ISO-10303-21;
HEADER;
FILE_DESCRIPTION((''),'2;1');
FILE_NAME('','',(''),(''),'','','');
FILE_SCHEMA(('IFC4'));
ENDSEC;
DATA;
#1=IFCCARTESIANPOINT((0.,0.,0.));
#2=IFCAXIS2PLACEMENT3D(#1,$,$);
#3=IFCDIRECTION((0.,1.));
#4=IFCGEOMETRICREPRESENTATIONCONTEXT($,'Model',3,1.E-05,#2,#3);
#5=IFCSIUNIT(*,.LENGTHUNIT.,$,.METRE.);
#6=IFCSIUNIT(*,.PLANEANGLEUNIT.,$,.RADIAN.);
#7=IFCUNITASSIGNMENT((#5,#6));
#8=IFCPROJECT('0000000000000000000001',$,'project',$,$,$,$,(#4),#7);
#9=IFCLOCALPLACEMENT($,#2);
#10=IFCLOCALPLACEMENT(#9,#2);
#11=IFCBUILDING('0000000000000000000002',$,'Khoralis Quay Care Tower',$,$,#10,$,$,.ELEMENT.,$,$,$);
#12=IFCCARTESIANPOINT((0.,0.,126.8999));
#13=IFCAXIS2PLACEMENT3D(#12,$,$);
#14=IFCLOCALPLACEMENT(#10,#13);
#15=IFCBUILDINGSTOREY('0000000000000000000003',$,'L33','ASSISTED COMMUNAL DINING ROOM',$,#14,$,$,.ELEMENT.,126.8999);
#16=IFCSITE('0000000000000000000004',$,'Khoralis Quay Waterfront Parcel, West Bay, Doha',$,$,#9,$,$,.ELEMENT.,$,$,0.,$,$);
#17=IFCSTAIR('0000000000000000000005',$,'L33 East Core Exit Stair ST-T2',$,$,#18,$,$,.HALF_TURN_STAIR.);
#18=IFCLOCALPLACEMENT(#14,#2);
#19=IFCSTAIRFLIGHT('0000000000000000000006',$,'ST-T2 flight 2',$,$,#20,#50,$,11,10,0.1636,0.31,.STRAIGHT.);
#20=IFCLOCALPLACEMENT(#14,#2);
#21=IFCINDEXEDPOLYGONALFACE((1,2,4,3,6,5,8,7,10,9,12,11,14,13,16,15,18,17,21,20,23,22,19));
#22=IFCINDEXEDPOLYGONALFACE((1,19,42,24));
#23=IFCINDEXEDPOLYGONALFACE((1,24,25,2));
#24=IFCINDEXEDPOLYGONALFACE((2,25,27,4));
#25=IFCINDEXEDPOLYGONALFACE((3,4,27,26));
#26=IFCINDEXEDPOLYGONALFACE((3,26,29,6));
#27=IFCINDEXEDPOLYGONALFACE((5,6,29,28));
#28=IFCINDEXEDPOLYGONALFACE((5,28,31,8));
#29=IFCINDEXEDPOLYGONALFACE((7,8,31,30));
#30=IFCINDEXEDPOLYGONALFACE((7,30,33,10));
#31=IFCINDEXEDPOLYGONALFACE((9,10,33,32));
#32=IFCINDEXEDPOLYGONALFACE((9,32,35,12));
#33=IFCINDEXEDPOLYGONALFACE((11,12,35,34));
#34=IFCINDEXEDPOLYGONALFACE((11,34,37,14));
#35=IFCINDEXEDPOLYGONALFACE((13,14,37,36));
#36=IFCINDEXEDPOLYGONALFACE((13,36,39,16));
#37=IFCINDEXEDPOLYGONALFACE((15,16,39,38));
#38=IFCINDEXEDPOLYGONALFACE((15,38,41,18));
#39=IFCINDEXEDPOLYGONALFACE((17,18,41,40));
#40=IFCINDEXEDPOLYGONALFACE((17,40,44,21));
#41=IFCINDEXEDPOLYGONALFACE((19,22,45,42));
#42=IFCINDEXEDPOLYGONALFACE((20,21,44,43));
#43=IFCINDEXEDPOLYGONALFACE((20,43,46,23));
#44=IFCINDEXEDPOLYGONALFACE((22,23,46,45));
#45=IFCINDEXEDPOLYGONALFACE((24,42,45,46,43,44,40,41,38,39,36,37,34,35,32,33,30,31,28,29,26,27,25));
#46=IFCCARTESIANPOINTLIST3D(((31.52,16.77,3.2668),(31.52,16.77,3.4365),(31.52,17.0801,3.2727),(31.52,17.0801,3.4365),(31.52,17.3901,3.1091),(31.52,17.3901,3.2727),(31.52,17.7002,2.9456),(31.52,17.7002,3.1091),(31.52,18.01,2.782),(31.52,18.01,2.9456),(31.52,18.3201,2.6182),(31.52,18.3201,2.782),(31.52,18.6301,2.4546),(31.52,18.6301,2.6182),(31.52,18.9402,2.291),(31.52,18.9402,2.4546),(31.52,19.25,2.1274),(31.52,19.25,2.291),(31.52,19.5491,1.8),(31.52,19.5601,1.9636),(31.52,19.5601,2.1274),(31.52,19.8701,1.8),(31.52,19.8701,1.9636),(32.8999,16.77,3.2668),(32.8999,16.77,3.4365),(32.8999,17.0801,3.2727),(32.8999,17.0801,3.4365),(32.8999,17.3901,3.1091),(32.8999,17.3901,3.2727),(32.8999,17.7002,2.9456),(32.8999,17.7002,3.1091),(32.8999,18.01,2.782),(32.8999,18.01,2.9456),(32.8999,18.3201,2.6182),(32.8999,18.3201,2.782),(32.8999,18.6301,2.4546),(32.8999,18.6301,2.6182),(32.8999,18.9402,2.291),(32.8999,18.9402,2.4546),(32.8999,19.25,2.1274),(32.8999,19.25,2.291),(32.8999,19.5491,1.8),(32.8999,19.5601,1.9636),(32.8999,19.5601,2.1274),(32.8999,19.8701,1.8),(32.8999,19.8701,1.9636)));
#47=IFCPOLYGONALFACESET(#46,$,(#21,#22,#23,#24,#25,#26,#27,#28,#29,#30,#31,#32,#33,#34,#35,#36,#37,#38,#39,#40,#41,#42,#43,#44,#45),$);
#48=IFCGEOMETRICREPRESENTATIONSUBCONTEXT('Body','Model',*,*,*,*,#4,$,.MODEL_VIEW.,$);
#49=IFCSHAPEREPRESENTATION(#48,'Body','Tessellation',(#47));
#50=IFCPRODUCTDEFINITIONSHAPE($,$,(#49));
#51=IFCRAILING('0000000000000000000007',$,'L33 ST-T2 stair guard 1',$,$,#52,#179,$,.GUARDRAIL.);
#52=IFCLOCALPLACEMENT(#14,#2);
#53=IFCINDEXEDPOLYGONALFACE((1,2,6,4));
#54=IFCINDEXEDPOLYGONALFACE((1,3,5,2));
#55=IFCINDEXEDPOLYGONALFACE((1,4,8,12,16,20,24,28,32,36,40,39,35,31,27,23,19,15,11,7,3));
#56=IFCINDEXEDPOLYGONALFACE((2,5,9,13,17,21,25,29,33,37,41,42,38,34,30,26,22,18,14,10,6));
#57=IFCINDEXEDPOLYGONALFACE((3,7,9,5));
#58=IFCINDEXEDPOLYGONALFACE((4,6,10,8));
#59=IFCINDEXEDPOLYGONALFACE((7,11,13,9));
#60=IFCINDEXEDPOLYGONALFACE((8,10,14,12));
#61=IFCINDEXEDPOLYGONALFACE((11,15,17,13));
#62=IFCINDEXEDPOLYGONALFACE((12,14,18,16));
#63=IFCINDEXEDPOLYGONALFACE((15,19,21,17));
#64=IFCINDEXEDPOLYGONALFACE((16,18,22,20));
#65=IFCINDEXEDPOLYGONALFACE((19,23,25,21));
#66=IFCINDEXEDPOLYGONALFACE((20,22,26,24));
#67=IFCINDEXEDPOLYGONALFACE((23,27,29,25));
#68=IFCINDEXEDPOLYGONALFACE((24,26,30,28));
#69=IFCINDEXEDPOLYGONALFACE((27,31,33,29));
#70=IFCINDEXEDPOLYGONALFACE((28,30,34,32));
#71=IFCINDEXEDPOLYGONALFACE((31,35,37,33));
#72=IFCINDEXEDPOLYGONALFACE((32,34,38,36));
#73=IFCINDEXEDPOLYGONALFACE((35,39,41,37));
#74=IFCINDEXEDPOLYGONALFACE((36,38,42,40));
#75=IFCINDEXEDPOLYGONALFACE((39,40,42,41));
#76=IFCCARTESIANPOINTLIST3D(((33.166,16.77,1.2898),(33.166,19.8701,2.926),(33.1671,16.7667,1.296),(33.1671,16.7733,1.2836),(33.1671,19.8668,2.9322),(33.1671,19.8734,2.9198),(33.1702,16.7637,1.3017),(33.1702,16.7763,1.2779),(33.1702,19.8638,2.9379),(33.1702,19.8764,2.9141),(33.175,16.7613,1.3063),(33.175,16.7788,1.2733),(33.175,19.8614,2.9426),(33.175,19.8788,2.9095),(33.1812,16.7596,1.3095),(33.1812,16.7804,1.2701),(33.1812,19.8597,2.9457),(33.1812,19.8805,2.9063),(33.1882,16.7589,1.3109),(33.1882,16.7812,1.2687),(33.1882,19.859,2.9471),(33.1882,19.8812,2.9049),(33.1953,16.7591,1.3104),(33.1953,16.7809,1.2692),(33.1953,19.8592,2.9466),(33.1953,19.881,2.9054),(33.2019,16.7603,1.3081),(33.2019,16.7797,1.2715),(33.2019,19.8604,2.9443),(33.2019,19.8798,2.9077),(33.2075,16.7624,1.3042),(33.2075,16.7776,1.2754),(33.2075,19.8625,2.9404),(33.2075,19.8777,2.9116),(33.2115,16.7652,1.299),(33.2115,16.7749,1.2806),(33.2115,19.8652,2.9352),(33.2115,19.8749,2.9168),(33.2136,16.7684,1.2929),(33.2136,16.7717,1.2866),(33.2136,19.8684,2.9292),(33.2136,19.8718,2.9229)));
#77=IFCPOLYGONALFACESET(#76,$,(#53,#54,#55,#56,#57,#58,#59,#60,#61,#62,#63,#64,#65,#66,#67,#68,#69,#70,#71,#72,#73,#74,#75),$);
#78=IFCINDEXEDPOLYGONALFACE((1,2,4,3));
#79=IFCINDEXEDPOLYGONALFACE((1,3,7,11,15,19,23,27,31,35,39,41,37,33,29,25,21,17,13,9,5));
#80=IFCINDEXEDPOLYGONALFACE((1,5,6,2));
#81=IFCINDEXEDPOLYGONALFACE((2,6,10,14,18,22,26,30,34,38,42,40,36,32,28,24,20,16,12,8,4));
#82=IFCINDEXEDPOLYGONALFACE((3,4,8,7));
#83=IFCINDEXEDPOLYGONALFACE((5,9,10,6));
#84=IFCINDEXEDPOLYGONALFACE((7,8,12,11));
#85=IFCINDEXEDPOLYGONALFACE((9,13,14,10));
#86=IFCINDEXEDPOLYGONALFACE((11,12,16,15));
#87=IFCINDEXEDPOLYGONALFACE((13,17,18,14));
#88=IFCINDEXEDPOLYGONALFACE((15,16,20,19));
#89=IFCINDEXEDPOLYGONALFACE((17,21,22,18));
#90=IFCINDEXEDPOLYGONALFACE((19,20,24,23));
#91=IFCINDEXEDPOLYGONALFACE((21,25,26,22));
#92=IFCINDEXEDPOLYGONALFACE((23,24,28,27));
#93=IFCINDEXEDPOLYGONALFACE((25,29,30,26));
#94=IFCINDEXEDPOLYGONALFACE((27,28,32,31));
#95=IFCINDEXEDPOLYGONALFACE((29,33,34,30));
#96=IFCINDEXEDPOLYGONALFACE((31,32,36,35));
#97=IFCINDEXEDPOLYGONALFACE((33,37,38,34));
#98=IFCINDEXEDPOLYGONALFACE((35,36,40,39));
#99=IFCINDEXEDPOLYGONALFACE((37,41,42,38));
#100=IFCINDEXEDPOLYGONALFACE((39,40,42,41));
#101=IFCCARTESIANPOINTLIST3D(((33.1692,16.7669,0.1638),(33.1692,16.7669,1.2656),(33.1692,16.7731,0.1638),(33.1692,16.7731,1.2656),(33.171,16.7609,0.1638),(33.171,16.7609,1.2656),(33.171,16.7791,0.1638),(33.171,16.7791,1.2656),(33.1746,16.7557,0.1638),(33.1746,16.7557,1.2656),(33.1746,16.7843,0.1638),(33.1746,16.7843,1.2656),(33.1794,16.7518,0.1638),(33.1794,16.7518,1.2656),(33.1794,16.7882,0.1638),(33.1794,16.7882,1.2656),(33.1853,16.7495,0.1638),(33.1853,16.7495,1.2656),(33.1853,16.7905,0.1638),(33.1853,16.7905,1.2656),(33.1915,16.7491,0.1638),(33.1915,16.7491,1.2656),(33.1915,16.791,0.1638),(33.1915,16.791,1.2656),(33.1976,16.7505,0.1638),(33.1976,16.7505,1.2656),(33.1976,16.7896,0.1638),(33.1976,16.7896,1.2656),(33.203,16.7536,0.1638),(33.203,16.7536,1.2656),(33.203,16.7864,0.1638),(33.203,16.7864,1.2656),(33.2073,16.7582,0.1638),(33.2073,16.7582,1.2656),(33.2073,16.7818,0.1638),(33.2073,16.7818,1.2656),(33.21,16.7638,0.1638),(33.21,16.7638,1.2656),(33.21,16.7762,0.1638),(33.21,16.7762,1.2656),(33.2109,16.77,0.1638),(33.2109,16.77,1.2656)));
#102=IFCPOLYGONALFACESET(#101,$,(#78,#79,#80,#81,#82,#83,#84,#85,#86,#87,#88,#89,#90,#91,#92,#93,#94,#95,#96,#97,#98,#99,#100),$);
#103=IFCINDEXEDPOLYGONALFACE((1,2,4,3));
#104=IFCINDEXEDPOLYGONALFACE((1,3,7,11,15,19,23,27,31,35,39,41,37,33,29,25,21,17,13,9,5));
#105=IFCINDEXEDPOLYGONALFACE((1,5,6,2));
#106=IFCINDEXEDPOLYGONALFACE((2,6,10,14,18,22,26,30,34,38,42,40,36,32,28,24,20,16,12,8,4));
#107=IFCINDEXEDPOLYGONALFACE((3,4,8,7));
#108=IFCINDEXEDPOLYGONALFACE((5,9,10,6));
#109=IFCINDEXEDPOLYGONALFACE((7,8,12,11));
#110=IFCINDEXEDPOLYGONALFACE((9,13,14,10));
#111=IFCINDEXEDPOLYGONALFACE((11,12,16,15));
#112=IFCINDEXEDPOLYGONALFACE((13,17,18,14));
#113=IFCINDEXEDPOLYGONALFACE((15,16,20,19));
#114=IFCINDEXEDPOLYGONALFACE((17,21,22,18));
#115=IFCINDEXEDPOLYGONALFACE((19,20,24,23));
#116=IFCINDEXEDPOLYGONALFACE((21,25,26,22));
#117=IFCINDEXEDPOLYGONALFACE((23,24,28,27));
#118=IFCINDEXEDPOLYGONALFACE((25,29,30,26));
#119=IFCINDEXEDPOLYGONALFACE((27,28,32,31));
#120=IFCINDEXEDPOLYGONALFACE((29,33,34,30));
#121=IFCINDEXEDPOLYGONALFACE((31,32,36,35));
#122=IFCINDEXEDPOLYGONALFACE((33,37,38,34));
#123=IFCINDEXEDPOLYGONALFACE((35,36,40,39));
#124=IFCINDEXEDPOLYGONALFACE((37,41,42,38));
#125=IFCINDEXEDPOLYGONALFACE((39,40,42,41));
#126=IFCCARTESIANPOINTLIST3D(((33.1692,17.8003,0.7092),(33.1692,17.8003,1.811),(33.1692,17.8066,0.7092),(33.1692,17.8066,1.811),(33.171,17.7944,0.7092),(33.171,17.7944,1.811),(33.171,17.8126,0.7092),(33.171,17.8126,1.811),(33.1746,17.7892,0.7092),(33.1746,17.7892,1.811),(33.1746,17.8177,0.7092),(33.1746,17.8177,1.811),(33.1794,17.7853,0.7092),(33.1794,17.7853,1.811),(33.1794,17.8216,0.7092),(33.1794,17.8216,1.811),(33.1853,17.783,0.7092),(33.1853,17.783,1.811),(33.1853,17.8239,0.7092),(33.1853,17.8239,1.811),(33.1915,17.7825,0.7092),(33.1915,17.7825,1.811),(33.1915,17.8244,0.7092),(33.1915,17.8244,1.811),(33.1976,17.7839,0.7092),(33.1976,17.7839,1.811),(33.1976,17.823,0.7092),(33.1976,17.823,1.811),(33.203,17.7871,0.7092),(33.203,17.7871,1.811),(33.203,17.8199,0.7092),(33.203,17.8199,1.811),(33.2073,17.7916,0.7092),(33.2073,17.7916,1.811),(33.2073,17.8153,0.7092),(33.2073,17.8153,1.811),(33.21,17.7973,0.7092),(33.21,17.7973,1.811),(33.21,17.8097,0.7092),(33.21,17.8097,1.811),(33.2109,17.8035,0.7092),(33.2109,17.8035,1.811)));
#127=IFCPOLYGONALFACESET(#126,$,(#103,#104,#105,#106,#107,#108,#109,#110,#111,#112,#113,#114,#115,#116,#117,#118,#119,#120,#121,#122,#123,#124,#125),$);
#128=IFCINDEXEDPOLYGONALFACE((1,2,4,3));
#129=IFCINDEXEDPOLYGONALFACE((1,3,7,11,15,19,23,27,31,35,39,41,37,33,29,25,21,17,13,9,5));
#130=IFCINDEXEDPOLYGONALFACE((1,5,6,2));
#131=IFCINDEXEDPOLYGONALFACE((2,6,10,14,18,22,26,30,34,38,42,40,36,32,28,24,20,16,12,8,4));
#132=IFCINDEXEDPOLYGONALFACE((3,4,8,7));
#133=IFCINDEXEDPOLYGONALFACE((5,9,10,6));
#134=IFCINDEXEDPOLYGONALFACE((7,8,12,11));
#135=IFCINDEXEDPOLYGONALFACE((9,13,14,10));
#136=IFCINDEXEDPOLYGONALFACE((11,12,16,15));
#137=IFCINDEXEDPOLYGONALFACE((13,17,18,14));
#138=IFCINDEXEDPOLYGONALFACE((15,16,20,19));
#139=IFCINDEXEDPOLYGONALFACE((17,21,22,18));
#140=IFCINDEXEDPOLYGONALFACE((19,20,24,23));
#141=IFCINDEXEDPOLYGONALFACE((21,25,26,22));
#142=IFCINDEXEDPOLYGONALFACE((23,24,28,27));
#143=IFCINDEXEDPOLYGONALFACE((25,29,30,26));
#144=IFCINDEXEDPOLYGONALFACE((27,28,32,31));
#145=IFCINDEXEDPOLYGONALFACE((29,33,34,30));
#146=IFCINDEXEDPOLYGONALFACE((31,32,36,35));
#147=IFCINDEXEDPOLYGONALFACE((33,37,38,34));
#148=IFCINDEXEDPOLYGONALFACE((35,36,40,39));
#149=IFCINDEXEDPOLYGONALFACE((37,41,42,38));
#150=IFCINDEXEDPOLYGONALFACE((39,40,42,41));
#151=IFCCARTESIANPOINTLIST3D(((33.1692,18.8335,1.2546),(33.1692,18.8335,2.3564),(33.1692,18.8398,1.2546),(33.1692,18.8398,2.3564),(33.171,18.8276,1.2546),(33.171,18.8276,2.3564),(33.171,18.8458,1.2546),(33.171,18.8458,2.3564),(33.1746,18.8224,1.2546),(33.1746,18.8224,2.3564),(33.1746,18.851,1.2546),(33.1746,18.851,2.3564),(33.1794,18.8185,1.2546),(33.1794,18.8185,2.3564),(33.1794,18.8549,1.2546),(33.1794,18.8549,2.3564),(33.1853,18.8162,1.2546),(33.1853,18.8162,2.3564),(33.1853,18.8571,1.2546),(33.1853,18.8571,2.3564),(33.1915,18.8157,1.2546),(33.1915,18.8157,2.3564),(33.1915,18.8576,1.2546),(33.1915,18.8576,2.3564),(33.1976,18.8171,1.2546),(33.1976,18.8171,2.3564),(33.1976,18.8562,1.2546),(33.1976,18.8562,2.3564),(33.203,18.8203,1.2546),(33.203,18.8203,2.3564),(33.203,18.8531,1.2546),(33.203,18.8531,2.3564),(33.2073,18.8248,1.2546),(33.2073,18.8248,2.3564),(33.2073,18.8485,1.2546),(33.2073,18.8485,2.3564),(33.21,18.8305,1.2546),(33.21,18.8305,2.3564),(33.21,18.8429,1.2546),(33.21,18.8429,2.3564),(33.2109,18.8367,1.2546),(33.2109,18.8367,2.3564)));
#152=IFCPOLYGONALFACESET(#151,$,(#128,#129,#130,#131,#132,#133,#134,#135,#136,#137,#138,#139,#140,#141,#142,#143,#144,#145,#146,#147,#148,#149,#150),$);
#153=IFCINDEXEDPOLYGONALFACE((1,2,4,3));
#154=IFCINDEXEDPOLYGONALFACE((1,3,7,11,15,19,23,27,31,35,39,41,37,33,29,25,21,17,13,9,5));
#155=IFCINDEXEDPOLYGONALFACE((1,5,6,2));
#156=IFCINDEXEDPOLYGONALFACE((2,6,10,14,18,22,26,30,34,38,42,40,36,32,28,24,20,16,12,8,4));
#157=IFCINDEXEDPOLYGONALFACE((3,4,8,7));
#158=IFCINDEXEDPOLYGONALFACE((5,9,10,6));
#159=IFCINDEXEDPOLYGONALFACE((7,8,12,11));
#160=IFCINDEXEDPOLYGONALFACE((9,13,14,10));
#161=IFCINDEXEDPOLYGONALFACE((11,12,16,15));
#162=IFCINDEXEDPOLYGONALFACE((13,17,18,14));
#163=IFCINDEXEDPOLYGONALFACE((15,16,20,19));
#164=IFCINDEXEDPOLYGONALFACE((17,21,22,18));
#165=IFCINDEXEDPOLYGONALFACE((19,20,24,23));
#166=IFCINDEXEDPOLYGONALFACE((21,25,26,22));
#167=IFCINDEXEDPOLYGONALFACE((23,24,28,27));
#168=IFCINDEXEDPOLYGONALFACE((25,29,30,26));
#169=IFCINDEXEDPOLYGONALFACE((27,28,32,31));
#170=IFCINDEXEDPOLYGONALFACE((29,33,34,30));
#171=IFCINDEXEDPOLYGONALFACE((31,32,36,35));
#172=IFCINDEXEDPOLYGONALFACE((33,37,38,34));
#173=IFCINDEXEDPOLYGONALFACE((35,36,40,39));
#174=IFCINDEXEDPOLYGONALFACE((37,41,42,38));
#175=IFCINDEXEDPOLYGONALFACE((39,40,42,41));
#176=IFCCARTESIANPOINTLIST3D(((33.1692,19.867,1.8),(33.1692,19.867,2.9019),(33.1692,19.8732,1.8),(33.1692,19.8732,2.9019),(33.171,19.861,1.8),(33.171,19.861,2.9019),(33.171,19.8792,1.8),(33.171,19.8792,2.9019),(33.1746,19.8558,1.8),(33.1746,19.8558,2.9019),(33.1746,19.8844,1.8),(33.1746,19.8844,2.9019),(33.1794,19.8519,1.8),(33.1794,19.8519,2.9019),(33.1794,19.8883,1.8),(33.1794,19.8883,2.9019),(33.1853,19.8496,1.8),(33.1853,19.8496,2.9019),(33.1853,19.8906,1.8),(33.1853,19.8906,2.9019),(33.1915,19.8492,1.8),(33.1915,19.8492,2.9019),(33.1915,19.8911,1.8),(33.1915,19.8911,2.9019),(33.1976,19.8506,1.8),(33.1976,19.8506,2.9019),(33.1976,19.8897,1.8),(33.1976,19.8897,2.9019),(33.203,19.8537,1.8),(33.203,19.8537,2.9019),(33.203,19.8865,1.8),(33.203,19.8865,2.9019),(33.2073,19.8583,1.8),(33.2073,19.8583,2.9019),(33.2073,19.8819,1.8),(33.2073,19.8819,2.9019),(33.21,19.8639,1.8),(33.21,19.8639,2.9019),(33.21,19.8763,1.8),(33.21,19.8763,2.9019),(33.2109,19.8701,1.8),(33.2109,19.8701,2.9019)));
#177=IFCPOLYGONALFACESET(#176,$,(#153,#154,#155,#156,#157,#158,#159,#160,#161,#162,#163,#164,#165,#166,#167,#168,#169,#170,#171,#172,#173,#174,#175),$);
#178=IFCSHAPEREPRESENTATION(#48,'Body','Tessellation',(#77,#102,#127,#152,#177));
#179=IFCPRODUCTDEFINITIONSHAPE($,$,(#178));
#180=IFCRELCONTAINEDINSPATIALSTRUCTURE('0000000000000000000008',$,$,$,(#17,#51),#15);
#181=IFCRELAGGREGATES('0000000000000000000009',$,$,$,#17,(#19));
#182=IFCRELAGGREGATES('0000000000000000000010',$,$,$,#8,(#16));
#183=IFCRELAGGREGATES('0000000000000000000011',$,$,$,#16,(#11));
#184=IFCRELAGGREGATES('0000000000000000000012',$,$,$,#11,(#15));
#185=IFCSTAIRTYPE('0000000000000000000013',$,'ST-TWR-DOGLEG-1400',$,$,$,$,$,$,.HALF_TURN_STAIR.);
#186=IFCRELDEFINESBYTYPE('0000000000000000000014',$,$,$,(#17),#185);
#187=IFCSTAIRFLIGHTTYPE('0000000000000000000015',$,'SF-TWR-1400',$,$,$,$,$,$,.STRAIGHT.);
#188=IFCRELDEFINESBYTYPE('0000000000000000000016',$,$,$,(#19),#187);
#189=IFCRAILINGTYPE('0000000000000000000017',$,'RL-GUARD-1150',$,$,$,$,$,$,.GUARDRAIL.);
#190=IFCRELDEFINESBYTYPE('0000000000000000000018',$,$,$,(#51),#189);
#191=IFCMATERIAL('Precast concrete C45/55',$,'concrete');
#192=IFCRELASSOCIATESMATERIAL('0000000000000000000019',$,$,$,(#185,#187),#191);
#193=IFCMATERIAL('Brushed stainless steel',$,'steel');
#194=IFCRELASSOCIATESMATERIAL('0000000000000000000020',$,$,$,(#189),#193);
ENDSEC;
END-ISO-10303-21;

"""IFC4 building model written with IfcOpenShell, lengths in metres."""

from ifc_helpers import new_model, si_unit, direction, frame, origin, origin_2d, place, context, subcontext, project, spatial, polyline, circle, outline, extrude, source, transform, mapped, material, type_object, element, aggregate, save


model = new_model("IFC4")

# Units and contexts
model_context = context("Model", 3, precision=1e-05, world=origin(), true_north=direction((0.0, 1.0)))
body_context = subcontext(model_context, "Body", "Model", "MODEL_VIEW")
ifc_project = project(units=[si_unit("LENGTHUNIT", "METRE"), si_unit("PLANEANGLEUNIT", "RADIAN")], contexts=[model_context])

# Site, building, storey
site_placement = place(None, origin())
site = spatial("IfcSite", under=ifc_project, at=site_placement, Name="Khoralis Quay Waterfront Parcel, West Bay, Doha", CompositionType="ELEMENT", RefElevation=0.0)
building_placement = place(site_placement, origin())
building = spatial("IfcBuilding", under=site, at=building_placement, Name="Khoralis Quay Care Tower", CompositionType="ELEMENT")
storey_placement = place(building_placement, frame((0.0, 0.0, 126.8999)))
storey = spatial("IfcBuildingStorey", under=building, at=storey_placement, Name="L33", Description="ASSISTED COMMUNAL DINING ROOM", CompositionType="ELEMENT", Elevation=126.8999)

# Stair, stair flight
ifc_material_1 = material(Name="Precast concrete C45/55", Category="concrete")
stair_type = type_object("IfcStairType", Name="ST-TWR-DOGLEG-1400", PredefinedType="HALF_TURN_STAIR", material=ifc_material_1)
stair_placement = place(storey_placement, origin())
stair = element("IfcStair", 1, at=stair_placement, inside=storey, type_object=stair_type, Name="L33 East Core Exit Stair ST-T2", PredefinedType="HALF_TURN_STAIR")
stair_flight_type = type_object("IfcStairFlightType", Name="SF-TWR-1400", PredefinedType="STRAIGHT", material=ifc_material_1)
shared_shape_1 = source(origin(), body_context, "Body", "SweptSolid", [
    extrude(outline(polyline([(0.0, 0.0), (0.0, 0.1636), (0.3101, 0.1636), (0.3101, 0.3274), (0.6201, 0.3274), (0.6201, 0.491), (0.9299, 0.491), (0.9299, 0.6545), (1.24, 0.6545), (1.24, 0.8181), (1.55, 0.8181), (1.55, 0.9819), (1.8601, 0.9819), (1.8601, 1.1455), (2.1699, 1.1455), (2.1699, 1.3091), (2.48, 1.3091), (2.48, 1.4727), (2.79, 1.4727), (2.79, 1.6365), (3.1001, 1.6365), (3.1001, 1.8), (3.1001, 1.4668), (0.321, 0.0), (0.0, 0.0)])), frame((0.0, 0.6899, 0.0), z_axis=(0.0, -1.0, 0.0), x_axis=(1.0, 0.0, 0.0)), (0.0, 0.0, 1.0), 1.3799),
])
stair_flight_1_placement = place(storey_placement, frame((32.21, 19.8701, 1.8), z_axis=(0.0, 0.0, 1.0), x_axis=(0.0, -1.0, 0.0)))
stair_flight_1 = element("IfcStairFlight", 2, at=stair_flight_1_placement, type_object=stair_flight_type, Name="ST-T2 flight 2", NumberOfRisers=11, NumberOfTreads=10, PredefinedType="STRAIGHT", RiserHeight=0.1636, TreadLength=0.31, context=body_context, shape_type="MappedRepresentation", body=[
    mapped(shared_shape_1, transform((0.0, 0.0, 0.0), scale=1.0)),
])
aggregate(stair, [stair_flight_1])

# Railing
ifc_material_2 = material(Name="Brushed stainless steel", Category="steel")
railing_type_1 = type_object("IfcRailingType", Name="RL-GUARD-1150", PredefinedType="GUARDRAIL", material=ifc_material_2)
railing_1_placement = place(storey_placement, frame((33.1899, 16.77, 0.1638)))
element("IfcRailing", 3, at=railing_1_placement, inside=storey, type_object=railing_type_1, Name="L33 ST-T2 stair guard 1", PredefinedType="GUARDRAIL", context=body_context, shape_type="SweptSolid", body=[
    extrude(circle(Radius=0.0239, at=origin_2d()), frame((0.0, 0.0, 1.126), z_axis=(0.0, 0.884377, 0.466774), x_axis=(-1.0, 0.0, 0.0)), (0.0, 0.0, 1.0), 3.5054),
    extrude(circle(Radius=0.021, at=origin_2d()), origin(), (0.0, 0.0, 1.0), 1.1018),
    extrude(circle(Radius=0.021, at=origin_2d()), frame((0.0, 1.0334, 0.5454)), (0.0, 0.0, 1.0), 1.1018),
    extrude(circle(Radius=0.021, at=origin_2d()), frame((0.0, 2.0667, 1.0908)), (0.0, 0.0, 1.0), 1.1018),
    extrude(circle(Radius=0.021, at=origin_2d()), frame((0.0, 3.1001, 1.6362)), (0.0, 0.0, 1.0), 1.1018),
])

save(model, "model.ifc")
